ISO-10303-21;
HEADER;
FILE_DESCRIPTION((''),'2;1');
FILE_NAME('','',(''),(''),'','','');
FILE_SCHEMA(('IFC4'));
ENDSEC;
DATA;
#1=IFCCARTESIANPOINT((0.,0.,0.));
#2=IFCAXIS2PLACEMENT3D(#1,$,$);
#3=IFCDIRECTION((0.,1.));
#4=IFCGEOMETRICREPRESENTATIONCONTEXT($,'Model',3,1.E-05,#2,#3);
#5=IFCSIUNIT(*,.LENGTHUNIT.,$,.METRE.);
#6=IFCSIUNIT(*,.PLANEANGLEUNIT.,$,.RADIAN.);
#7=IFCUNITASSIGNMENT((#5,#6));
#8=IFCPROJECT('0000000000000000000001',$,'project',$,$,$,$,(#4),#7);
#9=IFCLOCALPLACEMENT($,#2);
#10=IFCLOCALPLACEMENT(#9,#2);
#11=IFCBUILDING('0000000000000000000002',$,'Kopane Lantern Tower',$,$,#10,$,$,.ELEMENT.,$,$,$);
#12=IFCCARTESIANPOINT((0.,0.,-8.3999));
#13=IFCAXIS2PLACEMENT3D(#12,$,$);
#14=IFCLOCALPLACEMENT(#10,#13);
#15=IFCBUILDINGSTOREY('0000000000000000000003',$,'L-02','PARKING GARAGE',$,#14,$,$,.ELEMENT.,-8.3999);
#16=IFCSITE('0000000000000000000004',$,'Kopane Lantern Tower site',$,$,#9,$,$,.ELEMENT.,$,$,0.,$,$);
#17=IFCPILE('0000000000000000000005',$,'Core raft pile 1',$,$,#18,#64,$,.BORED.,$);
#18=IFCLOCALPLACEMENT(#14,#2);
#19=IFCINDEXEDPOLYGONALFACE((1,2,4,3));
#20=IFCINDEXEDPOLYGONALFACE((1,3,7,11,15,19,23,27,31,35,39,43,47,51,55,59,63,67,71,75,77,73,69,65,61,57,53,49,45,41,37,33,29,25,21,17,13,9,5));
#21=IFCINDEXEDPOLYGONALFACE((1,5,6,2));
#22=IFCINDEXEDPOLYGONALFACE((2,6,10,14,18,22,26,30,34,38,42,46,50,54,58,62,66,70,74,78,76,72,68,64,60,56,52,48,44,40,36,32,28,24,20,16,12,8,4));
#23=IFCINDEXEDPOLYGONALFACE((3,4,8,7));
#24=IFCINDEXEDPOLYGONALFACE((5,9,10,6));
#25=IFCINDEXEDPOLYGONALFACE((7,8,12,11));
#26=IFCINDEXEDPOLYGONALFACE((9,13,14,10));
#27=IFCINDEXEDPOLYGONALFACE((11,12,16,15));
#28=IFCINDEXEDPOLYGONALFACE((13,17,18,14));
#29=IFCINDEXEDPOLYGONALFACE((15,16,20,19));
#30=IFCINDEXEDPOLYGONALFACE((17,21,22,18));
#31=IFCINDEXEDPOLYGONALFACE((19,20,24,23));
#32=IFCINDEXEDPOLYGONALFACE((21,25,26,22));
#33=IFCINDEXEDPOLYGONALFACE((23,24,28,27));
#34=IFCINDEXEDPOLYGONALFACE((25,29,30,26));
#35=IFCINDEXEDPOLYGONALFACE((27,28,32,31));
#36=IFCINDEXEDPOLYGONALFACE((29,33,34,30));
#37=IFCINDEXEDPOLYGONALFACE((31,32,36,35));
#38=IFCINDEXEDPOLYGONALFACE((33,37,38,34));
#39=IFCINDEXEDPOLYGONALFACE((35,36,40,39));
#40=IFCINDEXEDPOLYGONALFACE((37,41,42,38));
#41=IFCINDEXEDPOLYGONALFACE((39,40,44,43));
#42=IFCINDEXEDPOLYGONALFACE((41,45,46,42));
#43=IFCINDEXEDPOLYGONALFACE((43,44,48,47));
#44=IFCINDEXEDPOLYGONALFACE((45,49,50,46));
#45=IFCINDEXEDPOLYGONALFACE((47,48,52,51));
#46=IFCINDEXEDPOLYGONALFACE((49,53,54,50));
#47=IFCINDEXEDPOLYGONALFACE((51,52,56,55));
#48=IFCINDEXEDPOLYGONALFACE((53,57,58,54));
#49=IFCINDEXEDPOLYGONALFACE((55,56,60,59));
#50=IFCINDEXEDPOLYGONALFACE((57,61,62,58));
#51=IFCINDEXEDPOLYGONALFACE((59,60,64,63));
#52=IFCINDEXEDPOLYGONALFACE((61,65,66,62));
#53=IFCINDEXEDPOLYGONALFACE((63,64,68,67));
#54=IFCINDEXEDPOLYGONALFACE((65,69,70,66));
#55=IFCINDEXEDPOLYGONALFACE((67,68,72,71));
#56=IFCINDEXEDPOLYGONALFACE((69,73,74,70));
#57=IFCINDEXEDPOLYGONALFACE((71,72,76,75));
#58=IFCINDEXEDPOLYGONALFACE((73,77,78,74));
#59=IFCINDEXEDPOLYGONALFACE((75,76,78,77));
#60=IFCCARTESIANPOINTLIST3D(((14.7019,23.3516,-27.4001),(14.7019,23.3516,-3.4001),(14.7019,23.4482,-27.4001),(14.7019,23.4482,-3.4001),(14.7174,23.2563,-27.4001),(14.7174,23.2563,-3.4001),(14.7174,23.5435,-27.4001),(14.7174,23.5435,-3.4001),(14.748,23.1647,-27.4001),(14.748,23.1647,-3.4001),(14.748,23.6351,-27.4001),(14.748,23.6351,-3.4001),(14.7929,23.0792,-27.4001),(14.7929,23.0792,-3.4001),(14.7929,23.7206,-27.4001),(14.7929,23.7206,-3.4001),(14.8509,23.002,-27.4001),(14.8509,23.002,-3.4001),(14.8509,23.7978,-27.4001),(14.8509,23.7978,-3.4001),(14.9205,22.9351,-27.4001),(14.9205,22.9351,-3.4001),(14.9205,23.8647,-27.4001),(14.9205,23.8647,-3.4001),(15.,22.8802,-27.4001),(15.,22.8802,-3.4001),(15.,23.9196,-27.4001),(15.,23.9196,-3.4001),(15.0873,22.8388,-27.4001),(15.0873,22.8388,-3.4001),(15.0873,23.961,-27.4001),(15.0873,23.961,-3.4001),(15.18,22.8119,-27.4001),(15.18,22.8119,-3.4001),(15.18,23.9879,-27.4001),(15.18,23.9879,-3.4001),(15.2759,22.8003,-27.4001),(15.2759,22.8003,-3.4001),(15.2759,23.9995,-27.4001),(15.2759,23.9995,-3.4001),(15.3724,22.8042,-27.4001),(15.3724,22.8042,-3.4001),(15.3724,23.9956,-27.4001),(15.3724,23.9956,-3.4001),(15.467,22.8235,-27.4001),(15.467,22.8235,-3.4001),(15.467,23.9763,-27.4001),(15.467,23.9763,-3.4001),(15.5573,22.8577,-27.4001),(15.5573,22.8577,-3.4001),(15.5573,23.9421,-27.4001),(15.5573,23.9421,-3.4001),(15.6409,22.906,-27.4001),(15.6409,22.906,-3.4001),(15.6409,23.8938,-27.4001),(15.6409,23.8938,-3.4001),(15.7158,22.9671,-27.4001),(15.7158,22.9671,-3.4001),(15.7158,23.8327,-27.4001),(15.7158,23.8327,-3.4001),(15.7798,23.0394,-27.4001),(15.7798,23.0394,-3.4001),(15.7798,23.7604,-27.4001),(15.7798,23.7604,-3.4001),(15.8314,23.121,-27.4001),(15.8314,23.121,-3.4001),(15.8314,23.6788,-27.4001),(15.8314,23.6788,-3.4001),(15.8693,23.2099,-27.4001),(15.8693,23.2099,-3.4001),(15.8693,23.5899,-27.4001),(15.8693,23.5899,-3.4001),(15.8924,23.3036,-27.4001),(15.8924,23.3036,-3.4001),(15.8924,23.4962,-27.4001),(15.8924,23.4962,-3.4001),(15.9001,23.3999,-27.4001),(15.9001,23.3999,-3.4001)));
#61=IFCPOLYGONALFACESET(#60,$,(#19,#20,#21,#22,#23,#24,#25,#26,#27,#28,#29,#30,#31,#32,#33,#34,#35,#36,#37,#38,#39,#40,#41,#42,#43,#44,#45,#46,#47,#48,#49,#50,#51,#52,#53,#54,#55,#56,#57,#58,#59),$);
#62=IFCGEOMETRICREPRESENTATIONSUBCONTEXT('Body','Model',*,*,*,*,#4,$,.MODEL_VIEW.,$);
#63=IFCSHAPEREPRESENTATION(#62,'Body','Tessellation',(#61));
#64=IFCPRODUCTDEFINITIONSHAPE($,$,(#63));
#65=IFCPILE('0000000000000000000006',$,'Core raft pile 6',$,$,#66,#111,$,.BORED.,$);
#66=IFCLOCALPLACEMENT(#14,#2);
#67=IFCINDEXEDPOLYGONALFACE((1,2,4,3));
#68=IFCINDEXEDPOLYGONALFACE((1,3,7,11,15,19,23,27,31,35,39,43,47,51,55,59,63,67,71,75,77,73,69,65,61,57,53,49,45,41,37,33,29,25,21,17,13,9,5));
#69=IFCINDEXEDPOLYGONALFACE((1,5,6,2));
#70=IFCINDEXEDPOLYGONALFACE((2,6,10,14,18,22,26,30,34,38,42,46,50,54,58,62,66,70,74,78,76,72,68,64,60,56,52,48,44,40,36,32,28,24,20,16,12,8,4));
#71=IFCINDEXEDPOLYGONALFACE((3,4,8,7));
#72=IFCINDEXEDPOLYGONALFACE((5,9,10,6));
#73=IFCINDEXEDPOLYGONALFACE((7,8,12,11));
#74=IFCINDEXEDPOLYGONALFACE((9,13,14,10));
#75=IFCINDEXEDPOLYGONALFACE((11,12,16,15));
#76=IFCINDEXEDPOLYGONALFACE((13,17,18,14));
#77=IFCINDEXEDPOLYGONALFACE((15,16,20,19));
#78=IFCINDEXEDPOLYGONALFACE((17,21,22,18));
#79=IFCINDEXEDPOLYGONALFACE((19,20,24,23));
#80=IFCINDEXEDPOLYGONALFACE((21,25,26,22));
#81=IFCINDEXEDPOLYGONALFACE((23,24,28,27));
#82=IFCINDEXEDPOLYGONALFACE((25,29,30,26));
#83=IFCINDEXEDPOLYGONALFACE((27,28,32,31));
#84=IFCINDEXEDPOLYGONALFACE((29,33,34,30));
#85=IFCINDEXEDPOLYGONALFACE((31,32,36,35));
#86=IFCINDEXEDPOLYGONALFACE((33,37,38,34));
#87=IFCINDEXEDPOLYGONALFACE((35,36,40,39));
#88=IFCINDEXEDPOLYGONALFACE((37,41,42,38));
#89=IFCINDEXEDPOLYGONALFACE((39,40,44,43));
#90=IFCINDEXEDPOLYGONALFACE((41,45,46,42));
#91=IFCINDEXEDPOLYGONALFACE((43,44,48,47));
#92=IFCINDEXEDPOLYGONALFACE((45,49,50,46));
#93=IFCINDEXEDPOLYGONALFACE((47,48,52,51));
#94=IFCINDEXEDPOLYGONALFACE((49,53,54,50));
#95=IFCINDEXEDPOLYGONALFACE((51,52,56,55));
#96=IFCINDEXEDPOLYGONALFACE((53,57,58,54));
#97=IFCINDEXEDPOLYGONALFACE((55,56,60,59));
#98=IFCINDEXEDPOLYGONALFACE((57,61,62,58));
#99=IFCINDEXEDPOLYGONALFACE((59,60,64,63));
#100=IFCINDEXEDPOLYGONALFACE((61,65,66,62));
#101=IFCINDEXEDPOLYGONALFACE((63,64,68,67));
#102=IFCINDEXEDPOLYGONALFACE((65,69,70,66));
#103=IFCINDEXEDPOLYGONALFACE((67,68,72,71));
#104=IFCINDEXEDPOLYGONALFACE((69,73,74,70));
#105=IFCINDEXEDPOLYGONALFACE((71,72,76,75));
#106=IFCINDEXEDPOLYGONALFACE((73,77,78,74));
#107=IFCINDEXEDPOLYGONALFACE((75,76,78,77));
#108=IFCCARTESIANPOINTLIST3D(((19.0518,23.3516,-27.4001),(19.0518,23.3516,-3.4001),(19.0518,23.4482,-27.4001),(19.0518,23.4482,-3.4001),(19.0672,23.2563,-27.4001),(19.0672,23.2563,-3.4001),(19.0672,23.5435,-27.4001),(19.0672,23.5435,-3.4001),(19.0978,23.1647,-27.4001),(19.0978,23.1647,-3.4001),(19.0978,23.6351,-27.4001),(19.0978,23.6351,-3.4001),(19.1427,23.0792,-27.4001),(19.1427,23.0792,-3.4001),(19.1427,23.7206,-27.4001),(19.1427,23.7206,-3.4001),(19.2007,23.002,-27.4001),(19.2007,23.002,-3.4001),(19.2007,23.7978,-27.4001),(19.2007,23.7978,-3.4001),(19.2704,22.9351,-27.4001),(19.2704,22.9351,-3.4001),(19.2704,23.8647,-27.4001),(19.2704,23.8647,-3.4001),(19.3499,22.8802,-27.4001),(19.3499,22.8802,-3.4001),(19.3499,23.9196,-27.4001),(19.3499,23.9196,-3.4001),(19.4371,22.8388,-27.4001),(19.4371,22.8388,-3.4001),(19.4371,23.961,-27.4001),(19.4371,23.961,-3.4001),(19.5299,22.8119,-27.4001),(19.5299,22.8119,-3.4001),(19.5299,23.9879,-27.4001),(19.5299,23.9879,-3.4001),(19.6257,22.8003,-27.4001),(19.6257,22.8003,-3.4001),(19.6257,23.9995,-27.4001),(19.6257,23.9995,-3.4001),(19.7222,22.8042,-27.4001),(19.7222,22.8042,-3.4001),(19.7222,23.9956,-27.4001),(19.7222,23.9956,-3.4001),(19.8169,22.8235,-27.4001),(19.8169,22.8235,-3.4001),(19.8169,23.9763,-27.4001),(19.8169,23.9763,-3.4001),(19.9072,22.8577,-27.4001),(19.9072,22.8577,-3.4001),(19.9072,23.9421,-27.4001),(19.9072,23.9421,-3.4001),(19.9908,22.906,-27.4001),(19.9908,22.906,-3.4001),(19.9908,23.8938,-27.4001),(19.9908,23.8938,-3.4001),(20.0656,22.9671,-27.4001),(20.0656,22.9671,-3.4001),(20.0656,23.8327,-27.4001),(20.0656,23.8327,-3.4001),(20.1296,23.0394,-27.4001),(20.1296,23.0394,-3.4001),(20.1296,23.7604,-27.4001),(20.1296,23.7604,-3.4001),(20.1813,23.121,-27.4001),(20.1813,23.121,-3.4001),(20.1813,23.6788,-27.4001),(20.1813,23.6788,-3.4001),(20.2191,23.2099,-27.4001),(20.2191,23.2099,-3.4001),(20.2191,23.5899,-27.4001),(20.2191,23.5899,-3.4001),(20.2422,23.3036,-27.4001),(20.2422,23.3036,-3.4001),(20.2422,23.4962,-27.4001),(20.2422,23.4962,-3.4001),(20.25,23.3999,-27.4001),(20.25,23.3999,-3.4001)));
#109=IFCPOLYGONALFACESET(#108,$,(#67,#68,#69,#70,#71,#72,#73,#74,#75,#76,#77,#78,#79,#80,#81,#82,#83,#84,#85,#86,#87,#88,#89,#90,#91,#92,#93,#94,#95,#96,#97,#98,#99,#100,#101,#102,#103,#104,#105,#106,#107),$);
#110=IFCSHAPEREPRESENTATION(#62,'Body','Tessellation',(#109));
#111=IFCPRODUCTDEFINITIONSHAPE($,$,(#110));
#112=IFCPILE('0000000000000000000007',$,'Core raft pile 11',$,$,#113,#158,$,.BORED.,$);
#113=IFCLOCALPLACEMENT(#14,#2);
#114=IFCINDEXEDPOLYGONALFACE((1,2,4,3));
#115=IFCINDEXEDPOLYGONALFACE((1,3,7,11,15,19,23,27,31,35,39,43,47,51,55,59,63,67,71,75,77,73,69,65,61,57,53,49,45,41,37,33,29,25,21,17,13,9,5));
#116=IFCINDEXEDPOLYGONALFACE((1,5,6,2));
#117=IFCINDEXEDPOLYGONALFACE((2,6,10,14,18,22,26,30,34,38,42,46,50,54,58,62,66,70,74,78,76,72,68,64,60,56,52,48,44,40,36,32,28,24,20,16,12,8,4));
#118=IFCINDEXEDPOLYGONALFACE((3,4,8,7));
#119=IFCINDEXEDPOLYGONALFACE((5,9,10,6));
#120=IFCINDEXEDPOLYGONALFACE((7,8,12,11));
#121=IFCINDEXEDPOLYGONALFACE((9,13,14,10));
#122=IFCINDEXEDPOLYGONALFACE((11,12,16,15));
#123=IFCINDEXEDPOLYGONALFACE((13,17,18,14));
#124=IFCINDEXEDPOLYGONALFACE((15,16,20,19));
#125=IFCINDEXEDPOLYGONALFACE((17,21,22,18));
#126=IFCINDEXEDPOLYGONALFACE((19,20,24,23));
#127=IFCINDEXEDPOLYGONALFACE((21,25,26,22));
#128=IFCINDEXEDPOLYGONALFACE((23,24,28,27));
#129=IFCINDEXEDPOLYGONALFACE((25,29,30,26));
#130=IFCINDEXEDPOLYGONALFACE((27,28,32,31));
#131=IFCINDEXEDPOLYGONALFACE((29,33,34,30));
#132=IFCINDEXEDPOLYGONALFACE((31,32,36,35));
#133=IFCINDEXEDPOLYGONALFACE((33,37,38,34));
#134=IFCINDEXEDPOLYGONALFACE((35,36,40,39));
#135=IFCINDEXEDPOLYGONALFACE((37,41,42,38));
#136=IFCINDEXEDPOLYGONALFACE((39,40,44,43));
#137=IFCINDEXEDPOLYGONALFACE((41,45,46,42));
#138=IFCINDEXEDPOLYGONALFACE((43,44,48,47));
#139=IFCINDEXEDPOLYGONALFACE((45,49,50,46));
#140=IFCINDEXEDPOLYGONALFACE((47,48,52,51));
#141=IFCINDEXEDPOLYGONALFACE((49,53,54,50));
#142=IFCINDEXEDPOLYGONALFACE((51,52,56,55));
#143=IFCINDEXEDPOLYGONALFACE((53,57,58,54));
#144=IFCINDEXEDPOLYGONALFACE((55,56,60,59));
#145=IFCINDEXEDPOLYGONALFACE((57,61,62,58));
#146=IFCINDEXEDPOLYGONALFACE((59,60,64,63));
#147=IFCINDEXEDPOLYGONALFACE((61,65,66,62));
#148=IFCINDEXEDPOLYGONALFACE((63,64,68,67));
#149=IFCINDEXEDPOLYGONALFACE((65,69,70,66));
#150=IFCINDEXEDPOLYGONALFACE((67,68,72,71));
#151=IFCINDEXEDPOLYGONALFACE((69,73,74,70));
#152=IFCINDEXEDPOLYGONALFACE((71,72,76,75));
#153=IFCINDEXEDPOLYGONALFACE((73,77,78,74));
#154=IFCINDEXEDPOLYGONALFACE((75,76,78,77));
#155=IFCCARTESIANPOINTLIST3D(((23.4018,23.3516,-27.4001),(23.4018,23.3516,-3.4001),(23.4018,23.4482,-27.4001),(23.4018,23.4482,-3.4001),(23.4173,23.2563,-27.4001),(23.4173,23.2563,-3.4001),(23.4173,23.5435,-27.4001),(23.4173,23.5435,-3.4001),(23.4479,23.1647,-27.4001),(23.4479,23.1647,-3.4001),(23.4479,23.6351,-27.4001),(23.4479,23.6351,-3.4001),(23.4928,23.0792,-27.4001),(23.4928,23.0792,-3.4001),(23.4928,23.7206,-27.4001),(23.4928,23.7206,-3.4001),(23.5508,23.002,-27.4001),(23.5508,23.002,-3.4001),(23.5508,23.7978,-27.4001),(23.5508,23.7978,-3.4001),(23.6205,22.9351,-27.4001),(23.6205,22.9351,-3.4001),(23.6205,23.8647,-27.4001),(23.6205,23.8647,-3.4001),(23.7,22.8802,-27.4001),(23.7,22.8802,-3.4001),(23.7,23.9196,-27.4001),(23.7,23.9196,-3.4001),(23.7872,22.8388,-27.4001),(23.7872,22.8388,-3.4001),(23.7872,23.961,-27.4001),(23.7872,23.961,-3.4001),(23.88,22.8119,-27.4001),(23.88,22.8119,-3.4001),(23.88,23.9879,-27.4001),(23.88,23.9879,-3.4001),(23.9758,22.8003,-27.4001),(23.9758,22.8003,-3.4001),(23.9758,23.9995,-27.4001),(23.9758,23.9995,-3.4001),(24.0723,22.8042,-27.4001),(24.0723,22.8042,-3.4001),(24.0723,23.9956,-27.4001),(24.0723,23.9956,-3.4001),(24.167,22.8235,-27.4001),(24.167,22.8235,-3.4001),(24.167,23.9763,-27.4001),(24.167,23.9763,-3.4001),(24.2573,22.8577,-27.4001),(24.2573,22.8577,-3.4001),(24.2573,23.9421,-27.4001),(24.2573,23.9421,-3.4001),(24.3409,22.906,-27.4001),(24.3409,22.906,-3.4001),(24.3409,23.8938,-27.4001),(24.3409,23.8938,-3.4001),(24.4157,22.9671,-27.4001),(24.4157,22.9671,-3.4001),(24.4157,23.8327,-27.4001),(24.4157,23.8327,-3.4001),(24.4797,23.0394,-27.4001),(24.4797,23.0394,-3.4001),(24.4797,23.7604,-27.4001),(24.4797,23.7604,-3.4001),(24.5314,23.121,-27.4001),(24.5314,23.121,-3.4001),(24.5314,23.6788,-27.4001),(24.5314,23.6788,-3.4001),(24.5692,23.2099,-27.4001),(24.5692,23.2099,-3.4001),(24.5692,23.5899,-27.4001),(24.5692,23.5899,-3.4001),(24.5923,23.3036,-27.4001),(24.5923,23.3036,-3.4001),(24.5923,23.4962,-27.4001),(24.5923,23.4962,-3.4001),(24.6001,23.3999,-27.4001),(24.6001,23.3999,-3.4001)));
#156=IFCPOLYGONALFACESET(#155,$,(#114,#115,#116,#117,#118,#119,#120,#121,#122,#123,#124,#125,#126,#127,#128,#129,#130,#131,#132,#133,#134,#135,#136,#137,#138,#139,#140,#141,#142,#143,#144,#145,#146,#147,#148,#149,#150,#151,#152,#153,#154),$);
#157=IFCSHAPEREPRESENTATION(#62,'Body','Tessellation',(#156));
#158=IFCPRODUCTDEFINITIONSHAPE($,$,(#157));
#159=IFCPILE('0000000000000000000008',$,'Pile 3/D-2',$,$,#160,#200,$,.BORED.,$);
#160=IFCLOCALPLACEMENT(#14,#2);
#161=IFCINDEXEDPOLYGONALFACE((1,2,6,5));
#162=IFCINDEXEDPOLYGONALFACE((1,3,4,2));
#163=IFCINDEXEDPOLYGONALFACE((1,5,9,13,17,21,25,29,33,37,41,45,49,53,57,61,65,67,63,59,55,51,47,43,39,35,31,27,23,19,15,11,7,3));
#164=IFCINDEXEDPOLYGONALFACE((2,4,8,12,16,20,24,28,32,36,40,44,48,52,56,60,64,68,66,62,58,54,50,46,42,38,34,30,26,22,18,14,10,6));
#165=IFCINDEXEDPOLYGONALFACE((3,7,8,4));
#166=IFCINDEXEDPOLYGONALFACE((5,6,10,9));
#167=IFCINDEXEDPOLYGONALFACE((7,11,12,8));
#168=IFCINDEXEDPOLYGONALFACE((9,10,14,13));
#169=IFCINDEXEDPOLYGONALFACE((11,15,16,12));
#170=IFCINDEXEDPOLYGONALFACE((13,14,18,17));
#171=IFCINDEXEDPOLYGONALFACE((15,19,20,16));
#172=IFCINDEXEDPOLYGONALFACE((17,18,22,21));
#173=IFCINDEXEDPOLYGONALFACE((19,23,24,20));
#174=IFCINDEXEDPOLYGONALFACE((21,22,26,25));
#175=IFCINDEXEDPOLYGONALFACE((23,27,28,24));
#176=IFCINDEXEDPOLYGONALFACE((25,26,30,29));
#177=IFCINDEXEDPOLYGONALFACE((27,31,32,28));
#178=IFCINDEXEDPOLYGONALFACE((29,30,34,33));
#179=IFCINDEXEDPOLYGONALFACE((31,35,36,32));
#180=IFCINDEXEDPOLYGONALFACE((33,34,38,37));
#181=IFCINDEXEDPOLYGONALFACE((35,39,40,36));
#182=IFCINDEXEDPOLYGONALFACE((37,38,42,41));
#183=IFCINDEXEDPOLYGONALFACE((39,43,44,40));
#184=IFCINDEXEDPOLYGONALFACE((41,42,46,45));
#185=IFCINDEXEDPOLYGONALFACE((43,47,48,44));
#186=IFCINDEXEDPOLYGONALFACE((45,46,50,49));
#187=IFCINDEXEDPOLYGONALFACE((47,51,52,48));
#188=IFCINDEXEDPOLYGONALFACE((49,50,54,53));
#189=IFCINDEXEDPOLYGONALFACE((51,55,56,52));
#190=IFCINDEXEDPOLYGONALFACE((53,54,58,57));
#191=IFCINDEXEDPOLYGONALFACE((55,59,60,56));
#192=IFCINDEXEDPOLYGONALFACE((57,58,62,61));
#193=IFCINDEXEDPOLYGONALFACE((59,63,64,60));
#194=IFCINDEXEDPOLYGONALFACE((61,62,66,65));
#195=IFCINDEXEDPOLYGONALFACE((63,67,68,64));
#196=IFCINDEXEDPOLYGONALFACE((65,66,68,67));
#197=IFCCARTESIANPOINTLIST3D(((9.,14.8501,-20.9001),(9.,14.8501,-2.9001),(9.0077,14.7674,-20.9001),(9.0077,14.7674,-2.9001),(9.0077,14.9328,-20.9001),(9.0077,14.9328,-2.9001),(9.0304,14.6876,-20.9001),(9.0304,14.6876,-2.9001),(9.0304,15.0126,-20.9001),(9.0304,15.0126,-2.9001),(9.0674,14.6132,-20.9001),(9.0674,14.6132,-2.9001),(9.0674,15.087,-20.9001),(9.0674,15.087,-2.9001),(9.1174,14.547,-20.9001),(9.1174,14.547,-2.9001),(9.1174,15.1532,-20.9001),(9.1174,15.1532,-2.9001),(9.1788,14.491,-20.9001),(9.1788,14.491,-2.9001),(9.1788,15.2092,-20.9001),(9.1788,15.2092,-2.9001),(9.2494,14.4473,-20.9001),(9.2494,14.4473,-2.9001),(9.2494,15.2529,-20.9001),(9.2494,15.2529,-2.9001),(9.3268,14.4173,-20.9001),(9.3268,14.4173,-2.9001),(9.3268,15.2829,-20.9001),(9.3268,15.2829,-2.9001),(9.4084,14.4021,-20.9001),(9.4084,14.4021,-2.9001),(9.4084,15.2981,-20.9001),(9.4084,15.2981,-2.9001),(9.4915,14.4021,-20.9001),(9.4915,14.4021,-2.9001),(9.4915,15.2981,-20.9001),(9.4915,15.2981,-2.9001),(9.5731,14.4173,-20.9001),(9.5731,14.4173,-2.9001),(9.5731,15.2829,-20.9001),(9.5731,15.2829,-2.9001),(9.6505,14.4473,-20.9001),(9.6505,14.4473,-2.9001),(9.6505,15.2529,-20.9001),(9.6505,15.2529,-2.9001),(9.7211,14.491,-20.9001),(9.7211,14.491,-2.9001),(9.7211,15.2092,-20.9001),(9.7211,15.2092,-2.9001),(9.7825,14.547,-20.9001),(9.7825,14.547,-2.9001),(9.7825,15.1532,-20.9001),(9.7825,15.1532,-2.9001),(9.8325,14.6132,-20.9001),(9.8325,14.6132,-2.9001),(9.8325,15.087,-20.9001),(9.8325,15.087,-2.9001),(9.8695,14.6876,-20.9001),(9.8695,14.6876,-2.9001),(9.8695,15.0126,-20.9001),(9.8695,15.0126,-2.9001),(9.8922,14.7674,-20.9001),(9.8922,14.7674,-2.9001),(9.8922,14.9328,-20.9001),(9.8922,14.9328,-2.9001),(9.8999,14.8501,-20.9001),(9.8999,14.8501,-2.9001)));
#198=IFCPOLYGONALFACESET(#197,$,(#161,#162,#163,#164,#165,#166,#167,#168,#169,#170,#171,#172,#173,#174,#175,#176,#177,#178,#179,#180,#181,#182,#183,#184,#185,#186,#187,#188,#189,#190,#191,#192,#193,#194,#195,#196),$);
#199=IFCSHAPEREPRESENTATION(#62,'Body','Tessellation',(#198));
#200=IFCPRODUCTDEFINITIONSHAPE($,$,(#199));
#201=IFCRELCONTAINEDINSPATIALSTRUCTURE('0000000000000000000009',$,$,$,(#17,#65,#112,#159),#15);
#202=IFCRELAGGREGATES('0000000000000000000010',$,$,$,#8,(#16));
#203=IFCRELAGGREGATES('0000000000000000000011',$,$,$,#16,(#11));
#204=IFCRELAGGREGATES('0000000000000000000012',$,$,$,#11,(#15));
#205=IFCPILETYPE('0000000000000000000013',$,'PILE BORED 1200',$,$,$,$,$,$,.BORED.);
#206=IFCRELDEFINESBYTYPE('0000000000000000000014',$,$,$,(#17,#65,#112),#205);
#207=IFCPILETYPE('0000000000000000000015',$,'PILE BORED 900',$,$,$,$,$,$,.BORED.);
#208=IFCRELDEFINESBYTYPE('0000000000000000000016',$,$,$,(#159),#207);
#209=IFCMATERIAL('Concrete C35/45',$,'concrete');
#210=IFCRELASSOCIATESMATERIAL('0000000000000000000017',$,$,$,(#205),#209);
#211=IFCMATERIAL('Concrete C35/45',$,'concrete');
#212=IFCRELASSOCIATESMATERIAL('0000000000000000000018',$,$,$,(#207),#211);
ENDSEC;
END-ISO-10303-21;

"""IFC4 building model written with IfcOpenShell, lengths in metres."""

from ifc_helpers import new_model, si_unit, direction, frame, origin, origin_2d, place, context, subcontext, project, spatial, circle, extrude, material, material_profile, profile_set, type_object, element, save


model = new_model("IFC4")

# Units and contexts
model_context = context("Model", 3, precision=1e-05, world=origin(), true_north=direction((0.0, 1.0)))
body_context = subcontext(model_context, "Body", "Model", "MODEL_VIEW")
ifc_project = project(units=[si_unit("LENGTHUNIT", "METRE"), si_unit("PLANEANGLEUNIT", "RADIAN")], contexts=[model_context])

# Site, building, storey
site_placement = place(None, origin())
site = spatial("IfcSite", under=ifc_project, at=site_placement, Name="Kopane Lantern Tower site", CompositionType="ELEMENT", RefElevation=0.0)
building_placement = place(site_placement, origin())
building = spatial("IfcBuilding", under=site, at=building_placement, Name="Kopane Lantern Tower", CompositionType="ELEMENT")
storey_placement = place(building_placement, frame((0.0, 0.0, -8.3999)))
storey = spatial("IfcBuildingStorey", under=building, at=storey_placement, Name="L-02", Description="PARKING GARAGE", CompositionType="ELEMENT", Elevation=-8.3999)

# Piles
ifc_material_1 = material(Name="Concrete C35/45", Category="concrete")
ifc_material_profile_1 = material_profile(ifc_material_1, circle(Radius=0.6001, at=origin_2d()), Name="D1200")
ifc_profile_set_1 = profile_set([ifc_material_profile_1], Name="Concrete C35/45")
pile_type_1 = type_object("IfcPileType", Name="PILE BORED 1200", PredefinedType="BORED", material=ifc_profile_set_1)
for number, where, z_axis, x_axis, name in (
    (1, (15.3, 23.3999, -3.4001), (0.0, 0.0, -1.0), (1.0, 0.0, 0.0), "Core raft pile 1"),
    (2, (19.6499, 23.3999, -3.4001), (0.0, 0.0, -1.0), (1.0, 0.0, 0.0), "Core raft pile 6"),
    (3, (24.0, 23.3999, -3.4001), (0.0, 0.0, -1.0), (1.0, 0.0, 0.0), "Core raft pile 11"),
):
    element("IfcPile", number, at=place(storey_placement, frame(where, z_axis=z_axis, x_axis=x_axis)), inside=storey, type_object=pile_type_1, Name=name, PredefinedType="BORED", context=body_context, shape_type="SweptSolid", body=[
        extrude(circle(Radius=0.6001, at=origin_2d()), origin(), (0.0, 0.0, 1.0), 24.0),
    ])
ifc_material_2 = material(Name="Concrete C35/45", Category="concrete")
ifc_material_profile_2 = material_profile(ifc_material_2, circle(Radius=0.45, at=origin_2d()), Name="D900")
ifc_profile_set_2 = profile_set([ifc_material_profile_2], Name="Concrete C35/45")
pile_type_2 = type_object("IfcPileType", Name="PILE BORED 900", PredefinedType="BORED", material=ifc_profile_set_2)
for number, where, z_axis, x_axis, name in (
    (4, (9.45, 14.8501, -2.9001), (0.0, 0.0, -1.0), (1.0, 0.0, 0.0), "Pile 3/D-2"),
):
    element("IfcPile", number, at=place(storey_placement, frame(where, z_axis=z_axis, x_axis=x_axis)), inside=storey, type_object=pile_type_2, Name=name, PredefinedType="BORED", context=body_context, shape_type="SweptSolid", body=[
        extrude(circle(Radius=0.45, at=origin_2d()), origin(), (0.0, 0.0, 1.0), 18.0),
    ])

save(model, "model.ifc")
